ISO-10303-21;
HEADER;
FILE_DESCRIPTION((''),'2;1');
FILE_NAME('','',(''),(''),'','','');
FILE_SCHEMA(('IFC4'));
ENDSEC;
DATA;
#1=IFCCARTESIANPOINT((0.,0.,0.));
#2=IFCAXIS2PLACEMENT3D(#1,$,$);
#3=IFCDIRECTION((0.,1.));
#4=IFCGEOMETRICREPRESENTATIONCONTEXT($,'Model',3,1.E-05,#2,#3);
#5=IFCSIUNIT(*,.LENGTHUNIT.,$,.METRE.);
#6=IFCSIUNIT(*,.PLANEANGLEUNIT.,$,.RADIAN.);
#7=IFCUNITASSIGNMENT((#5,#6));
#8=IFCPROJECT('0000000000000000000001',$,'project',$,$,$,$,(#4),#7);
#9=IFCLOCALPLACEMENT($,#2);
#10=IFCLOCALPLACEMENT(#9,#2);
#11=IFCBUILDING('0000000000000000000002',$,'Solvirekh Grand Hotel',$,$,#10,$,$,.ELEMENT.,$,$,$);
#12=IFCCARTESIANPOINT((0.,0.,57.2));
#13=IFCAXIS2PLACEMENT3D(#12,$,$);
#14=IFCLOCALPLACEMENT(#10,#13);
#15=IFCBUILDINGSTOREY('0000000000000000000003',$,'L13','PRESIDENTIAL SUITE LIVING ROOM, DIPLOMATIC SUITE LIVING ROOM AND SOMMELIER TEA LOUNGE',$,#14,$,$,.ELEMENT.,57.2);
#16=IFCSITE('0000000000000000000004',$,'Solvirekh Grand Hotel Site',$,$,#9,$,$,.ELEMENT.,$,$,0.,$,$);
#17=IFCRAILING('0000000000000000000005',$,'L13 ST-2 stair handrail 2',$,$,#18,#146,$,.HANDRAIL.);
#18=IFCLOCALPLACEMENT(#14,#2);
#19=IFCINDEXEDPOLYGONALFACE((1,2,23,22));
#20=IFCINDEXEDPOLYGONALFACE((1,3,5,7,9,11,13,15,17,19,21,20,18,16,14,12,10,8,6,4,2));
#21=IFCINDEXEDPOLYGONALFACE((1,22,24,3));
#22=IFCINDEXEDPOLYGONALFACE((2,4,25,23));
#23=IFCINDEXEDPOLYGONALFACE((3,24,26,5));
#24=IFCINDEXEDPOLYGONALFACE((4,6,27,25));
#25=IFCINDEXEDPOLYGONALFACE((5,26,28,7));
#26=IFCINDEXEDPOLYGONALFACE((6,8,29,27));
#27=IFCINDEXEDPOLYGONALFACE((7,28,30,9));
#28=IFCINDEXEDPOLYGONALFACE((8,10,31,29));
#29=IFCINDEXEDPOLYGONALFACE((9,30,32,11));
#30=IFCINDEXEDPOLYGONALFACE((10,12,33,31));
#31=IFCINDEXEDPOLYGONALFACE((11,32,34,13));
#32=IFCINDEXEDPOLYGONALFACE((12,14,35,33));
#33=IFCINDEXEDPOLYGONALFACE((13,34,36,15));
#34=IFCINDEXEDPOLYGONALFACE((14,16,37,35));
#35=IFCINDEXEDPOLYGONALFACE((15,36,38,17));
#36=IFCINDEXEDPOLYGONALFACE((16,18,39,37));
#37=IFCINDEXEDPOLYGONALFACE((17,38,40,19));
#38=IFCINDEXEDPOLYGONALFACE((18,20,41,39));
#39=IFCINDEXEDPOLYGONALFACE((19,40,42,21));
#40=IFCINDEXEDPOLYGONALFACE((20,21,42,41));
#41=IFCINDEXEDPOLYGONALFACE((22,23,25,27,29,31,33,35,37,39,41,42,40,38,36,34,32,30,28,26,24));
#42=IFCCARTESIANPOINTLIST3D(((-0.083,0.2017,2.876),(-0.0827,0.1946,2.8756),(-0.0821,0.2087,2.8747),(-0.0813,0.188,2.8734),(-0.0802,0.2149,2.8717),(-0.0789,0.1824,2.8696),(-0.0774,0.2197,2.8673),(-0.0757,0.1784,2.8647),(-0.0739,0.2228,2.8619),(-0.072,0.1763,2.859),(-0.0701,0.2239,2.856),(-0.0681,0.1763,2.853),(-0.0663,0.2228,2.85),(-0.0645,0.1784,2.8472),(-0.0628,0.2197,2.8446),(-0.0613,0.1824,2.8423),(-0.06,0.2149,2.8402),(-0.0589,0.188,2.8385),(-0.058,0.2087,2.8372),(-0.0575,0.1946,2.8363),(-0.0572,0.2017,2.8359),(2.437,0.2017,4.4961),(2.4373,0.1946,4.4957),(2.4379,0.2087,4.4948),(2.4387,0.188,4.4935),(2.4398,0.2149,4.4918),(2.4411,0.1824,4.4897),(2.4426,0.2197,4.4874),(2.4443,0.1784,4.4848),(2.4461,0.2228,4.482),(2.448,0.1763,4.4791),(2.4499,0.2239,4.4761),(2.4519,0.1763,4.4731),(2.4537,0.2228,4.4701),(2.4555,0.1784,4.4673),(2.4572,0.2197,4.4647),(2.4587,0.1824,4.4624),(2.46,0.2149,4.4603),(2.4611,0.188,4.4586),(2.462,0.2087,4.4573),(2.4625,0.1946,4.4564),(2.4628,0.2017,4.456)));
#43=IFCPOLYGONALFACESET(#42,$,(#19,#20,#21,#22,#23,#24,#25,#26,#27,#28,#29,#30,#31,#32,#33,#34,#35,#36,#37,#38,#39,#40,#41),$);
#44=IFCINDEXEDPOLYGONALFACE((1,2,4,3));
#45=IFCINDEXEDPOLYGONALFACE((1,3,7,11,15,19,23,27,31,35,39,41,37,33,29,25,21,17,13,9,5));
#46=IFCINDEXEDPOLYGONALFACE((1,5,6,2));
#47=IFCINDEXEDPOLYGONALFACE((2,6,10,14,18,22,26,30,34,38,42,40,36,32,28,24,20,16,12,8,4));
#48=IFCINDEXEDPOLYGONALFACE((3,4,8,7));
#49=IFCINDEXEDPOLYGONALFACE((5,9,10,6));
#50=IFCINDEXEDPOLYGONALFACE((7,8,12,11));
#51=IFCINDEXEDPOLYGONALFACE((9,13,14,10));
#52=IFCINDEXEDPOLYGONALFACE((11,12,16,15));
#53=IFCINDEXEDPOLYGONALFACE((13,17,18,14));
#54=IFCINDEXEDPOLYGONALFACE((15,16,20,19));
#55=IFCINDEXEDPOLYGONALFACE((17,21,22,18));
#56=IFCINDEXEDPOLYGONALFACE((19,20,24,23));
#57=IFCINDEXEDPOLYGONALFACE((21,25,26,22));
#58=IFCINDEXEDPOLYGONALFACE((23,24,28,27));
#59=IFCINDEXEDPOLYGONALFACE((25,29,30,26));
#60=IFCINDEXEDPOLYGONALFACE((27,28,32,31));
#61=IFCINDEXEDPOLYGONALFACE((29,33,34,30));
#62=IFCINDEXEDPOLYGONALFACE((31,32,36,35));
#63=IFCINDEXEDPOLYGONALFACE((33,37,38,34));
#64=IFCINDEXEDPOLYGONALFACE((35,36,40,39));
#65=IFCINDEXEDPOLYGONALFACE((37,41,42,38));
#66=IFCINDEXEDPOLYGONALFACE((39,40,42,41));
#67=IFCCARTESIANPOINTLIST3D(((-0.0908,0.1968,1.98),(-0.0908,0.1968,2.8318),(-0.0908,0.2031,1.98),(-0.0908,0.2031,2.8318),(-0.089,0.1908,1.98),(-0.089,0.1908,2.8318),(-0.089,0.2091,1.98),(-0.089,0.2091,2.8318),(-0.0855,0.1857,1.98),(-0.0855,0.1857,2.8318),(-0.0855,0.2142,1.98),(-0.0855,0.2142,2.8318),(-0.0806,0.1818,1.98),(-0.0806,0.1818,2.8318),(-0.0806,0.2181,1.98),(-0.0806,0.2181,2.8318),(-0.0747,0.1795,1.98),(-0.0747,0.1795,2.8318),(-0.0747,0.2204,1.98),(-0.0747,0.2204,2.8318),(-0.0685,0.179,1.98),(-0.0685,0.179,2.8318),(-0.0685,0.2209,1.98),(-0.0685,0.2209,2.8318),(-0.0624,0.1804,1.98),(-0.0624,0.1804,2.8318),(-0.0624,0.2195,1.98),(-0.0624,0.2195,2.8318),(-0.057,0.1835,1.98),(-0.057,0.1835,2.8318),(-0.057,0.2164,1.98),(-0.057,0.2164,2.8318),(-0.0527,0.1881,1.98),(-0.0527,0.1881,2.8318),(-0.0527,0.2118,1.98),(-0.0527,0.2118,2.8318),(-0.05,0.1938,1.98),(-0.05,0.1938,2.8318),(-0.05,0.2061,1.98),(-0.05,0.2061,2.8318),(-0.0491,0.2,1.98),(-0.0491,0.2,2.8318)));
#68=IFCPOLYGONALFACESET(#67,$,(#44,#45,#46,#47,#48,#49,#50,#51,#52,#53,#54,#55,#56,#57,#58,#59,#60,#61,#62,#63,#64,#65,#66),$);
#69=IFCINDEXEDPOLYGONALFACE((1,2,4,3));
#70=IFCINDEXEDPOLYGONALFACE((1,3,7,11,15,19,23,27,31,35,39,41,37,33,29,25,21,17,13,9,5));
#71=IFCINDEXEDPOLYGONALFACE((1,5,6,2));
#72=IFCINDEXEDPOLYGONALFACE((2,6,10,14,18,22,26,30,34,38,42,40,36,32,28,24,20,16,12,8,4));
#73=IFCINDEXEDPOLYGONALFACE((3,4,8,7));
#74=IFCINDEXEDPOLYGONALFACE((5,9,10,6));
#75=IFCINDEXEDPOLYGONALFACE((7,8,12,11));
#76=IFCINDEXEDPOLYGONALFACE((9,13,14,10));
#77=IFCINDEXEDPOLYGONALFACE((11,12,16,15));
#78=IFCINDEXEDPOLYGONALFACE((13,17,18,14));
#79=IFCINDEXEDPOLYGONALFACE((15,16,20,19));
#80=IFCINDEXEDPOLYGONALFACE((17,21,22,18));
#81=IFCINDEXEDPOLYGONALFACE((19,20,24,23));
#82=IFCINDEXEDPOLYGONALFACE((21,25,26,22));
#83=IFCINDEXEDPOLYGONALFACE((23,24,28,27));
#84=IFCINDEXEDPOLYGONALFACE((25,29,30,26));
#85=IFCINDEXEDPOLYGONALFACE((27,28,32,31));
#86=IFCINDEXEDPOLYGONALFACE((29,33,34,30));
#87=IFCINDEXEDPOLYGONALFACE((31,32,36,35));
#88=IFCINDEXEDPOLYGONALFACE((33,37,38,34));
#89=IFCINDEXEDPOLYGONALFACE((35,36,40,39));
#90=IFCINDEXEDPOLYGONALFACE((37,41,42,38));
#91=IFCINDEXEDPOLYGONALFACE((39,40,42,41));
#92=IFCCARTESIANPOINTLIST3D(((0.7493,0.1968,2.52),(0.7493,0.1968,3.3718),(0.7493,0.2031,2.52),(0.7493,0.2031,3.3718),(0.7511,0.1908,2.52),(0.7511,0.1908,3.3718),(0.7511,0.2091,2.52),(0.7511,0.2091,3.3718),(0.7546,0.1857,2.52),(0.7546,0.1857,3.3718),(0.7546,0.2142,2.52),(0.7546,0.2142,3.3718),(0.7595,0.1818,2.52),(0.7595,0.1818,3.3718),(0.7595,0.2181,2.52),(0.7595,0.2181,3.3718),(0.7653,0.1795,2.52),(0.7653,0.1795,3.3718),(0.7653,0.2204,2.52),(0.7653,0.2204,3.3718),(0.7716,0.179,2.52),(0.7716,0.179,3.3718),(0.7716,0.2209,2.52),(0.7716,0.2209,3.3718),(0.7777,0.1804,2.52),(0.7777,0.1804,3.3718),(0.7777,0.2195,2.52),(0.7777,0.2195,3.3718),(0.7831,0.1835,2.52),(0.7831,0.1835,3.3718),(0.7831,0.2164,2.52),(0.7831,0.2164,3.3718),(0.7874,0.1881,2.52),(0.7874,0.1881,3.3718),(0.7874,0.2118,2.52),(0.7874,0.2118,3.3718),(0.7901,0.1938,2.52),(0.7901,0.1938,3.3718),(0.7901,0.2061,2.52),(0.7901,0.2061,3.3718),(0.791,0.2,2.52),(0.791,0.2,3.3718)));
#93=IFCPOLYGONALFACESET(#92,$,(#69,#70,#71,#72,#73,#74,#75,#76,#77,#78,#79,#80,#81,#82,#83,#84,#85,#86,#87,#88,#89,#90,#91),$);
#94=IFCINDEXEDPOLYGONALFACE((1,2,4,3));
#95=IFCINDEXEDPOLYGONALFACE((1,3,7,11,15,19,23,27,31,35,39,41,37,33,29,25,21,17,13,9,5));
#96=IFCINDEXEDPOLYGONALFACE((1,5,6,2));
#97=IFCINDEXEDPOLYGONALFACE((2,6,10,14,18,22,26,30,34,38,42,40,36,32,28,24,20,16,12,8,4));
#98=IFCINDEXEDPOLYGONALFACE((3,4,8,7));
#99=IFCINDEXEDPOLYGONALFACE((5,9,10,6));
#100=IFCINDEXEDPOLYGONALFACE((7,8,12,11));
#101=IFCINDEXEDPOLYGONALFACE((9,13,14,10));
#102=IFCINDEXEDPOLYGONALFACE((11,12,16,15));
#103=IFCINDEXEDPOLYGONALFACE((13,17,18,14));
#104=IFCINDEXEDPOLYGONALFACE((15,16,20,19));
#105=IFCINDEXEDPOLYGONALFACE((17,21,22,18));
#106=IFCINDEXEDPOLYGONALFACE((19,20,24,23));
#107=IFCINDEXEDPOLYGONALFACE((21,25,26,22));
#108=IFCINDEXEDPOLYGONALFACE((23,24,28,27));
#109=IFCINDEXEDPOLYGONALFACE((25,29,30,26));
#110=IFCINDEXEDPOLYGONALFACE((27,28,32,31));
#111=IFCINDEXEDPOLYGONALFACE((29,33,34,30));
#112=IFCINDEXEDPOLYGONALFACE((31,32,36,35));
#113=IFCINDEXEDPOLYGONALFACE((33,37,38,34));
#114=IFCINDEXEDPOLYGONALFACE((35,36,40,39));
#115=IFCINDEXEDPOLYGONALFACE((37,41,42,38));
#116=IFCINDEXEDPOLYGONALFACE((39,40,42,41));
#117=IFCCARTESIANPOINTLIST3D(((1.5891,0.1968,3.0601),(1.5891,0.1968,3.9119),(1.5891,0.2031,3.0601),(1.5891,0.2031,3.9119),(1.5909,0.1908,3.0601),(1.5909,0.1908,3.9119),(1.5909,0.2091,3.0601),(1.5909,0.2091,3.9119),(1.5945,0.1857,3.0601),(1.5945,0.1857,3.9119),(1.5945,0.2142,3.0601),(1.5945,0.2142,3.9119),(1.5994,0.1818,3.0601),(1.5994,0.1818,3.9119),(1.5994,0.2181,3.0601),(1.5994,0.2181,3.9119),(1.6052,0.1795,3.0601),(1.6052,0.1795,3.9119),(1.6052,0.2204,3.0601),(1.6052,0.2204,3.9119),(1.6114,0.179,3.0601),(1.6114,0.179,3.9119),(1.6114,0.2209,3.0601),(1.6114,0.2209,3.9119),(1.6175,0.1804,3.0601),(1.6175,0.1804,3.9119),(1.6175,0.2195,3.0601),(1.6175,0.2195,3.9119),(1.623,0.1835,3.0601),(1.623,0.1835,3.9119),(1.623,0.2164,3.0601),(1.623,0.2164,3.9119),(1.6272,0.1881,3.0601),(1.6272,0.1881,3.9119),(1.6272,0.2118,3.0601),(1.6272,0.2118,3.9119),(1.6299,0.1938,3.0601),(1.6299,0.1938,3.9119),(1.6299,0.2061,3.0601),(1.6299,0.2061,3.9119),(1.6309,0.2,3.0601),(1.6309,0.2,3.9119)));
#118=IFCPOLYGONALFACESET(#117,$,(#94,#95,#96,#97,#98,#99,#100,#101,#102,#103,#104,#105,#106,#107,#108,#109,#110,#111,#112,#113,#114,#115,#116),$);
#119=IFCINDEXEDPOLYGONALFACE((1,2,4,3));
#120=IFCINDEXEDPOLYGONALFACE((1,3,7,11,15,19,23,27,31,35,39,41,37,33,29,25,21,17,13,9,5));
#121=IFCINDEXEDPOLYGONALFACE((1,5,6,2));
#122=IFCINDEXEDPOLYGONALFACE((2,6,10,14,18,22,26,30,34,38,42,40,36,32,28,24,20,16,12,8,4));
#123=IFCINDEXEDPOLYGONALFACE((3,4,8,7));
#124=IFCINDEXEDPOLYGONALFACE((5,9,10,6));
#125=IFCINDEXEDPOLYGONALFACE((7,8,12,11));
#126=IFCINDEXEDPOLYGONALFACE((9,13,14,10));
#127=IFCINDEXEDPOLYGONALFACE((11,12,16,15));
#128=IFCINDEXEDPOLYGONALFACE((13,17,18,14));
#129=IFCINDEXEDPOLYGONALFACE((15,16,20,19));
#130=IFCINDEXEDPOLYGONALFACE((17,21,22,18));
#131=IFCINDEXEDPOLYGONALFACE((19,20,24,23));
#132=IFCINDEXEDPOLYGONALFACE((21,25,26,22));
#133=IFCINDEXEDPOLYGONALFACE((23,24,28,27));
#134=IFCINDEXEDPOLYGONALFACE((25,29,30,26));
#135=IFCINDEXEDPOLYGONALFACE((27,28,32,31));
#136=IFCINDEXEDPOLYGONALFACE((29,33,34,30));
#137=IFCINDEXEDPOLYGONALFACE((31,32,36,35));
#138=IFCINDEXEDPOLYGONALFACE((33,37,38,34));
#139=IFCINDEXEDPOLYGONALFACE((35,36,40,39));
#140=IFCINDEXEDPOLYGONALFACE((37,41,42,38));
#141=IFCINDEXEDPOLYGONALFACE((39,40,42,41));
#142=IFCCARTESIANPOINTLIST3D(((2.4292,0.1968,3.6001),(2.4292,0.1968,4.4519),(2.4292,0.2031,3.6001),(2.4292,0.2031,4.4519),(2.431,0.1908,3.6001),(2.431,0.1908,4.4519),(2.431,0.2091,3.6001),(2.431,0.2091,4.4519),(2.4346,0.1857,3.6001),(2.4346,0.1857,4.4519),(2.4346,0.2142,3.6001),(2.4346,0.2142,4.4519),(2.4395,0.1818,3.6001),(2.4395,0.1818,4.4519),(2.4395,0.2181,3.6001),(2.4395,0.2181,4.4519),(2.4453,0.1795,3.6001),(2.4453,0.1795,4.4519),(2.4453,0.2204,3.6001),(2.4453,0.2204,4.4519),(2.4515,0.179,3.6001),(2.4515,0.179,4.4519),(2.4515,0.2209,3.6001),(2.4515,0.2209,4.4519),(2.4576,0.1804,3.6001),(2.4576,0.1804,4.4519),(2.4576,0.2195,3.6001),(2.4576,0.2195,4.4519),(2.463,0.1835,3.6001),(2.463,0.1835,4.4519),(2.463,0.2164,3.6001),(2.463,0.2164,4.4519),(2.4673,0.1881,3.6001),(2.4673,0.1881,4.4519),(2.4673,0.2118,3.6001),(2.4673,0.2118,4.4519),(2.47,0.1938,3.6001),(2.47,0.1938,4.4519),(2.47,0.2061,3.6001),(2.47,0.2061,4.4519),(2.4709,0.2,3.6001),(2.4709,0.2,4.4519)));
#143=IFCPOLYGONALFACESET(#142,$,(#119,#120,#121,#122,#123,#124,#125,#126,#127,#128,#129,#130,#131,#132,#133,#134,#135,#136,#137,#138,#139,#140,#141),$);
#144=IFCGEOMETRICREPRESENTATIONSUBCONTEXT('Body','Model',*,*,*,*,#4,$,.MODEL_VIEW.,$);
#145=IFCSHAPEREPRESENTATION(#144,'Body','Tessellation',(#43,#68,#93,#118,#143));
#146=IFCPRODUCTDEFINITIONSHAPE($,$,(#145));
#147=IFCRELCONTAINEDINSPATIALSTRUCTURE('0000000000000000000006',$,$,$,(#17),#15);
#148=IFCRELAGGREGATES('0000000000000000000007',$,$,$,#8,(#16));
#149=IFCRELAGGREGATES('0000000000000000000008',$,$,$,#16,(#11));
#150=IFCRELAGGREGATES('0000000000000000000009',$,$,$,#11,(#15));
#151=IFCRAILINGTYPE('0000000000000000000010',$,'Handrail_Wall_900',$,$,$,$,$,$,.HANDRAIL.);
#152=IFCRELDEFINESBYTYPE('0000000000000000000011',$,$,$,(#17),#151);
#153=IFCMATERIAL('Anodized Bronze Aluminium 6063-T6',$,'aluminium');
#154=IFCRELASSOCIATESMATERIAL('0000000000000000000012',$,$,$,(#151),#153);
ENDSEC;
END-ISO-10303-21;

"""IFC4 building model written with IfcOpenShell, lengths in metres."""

from ifc_helpers import new_model, si_unit, direction, frame, origin, origin_2d, place, context, subcontext, project, spatial, circle, extrude, material, type_object, element, save


model = new_model("IFC4")

# Units and contexts
model_context = context("Model", 3, precision=1e-05, world=origin(), true_north=direction((0.0, 1.0)))
body_context = subcontext(model_context, "Body", "Model", "MODEL_VIEW")
ifc_project = project(units=[si_unit("LENGTHUNIT", "METRE"), si_unit("PLANEANGLEUNIT", "RADIAN")], contexts=[model_context])

# Site, building, storey
site_placement = place(None, origin())
site = spatial("IfcSite", under=ifc_project, at=site_placement, Name="Solvirekh Grand Hotel Site", CompositionType="ELEMENT", RefElevation=0.0)
building_placement = place(site_placement, origin())
building = spatial("IfcBuilding", under=site, at=building_placement, Name="Solvirekh Grand Hotel", CompositionType="ELEMENT")
storey_placement = place(building_placement, frame((0.0, 0.0, 57.2)))
storey = spatial("IfcBuildingStorey", under=building, at=storey_placement, Name="L13", Description="PRESIDENTIAL SUITE LIVING ROOM, DIPLOMATIC SUITE LIVING ROOM AND SOMMELIER TEA LOUNGE", CompositionType="ELEMENT", Elevation=57.2)

# Shared definitions
ifc_material_1 = material(Name="Anodized Bronze Aluminium 6063-T6", Category="aluminium")

# Railing
railing_type_1 = type_object("IfcRailingType", Name="Handrail_Wall_900", PredefinedType="HANDRAIL", material=ifc_material_1)
railing_1_placement = place(storey_placement, frame((-0.0701, 0.2, 1.98)))
element("IfcRailing", 1, at=railing_1_placement, inside=storey, type_object=railing_type_1, Name="L13 ST-2 stair handrail 2", PredefinedType="HANDRAIL", context=body_context, shape_type="SweptSolid", body=[
    extrude(circle(Radius=0.0239, at=origin_2d()), frame((0.0, 0.0, 0.876), z_axis=(0.841163, 0.0, 0.540782), x_axis=(0.0, 1.0, 0.0)), (0.0, 0.0, 1.0), 2.9958),
    extrude(circle(Radius=0.021, at=origin_2d()), origin(), (0.0, 0.0, 1.0), 0.8518),
    extrude(circle(Radius=0.021, at=origin_2d()), frame((0.8401, 0.0, 0.54)), (0.0, 0.0, 1.0), 0.8518),
    extrude(circle(Radius=0.021, at=origin_2d()), frame((1.6799, 0.0, 1.0801)), (0.0, 0.0, 1.0), 0.8518),
    extrude(circle(Radius=0.021, at=origin_2d()), frame((2.52, 0.0, 1.6201)), (0.0, 0.0, 1.0), 0.8518),
])

save(model, "model.ifc")
